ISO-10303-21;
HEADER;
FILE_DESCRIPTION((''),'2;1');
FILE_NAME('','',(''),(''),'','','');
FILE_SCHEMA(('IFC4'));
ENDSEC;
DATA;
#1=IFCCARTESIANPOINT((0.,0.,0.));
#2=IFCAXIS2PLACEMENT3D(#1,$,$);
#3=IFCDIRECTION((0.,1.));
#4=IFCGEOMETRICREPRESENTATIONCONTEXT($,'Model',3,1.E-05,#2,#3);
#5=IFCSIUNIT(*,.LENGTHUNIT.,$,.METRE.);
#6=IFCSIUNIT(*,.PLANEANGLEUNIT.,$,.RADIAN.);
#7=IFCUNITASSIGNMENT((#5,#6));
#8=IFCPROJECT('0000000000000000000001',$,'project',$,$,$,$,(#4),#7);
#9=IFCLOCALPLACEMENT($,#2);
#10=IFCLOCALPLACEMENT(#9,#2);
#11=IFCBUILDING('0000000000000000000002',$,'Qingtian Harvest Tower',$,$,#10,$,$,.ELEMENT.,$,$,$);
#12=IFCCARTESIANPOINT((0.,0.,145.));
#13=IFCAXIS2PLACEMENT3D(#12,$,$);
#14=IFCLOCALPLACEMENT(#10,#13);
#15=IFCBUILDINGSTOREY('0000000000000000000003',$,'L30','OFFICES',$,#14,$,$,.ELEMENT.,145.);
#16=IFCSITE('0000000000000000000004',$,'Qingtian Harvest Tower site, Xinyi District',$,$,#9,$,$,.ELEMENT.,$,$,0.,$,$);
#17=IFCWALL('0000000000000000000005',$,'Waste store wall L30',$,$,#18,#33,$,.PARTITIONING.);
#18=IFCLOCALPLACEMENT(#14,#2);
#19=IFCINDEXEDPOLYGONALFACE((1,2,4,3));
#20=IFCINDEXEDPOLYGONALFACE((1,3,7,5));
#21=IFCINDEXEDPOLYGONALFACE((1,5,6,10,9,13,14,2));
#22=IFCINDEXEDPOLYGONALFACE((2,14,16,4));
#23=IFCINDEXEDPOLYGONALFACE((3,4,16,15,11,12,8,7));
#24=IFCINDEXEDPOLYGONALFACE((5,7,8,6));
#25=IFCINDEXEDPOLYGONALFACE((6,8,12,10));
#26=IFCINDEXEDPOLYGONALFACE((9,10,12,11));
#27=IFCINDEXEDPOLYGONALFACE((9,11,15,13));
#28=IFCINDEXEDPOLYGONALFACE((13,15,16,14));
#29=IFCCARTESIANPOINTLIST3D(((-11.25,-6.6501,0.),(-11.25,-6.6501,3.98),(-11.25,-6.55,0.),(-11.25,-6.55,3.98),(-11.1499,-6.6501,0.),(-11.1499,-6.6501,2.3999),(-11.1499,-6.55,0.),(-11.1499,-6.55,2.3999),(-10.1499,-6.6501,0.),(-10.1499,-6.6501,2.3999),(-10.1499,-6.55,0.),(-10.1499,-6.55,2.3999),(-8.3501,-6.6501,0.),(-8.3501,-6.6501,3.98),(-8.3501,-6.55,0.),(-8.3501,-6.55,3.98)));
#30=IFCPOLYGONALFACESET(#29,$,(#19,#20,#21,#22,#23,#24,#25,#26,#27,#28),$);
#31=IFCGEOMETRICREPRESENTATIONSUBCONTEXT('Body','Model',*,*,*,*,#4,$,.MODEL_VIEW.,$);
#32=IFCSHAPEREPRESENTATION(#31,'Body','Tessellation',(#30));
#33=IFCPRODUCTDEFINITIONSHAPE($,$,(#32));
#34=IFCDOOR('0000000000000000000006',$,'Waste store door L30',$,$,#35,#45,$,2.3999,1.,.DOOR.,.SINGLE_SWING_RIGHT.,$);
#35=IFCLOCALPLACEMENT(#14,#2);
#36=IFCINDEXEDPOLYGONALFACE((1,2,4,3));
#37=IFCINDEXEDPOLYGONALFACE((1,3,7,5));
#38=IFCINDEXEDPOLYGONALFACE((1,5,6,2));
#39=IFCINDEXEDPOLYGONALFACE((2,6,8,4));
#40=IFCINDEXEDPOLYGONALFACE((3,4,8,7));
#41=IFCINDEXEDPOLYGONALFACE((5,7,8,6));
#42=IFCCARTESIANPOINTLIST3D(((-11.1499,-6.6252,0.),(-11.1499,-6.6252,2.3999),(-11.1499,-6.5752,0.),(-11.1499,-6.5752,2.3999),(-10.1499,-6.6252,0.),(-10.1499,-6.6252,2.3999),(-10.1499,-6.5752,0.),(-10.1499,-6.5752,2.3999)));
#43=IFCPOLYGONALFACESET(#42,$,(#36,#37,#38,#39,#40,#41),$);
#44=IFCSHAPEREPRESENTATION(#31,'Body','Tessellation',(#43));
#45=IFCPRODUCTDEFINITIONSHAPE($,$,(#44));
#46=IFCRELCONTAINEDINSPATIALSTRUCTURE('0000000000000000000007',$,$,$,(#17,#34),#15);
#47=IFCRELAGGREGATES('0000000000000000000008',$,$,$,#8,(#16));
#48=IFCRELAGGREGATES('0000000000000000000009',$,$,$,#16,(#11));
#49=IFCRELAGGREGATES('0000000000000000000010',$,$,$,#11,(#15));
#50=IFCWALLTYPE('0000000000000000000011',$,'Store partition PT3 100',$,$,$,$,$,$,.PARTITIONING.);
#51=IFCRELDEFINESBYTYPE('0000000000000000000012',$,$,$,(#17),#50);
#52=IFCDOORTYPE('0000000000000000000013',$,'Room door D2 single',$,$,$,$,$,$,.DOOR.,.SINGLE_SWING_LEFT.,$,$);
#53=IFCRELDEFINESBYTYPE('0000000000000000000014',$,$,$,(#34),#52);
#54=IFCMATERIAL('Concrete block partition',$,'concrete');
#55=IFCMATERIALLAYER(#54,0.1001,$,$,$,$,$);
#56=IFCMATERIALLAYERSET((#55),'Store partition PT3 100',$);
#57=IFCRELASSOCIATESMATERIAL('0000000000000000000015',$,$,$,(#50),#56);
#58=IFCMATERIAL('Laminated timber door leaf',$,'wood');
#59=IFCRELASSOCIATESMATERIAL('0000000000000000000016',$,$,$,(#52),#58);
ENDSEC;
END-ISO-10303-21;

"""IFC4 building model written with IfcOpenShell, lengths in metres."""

from ifc_helpers import new_model, si_unit, direction, frame, frame_2d, origin, place, context, subcontext, project, spatial, rectangle, extrude, material, layer, layer_set, type_object, element, fill, save


model = new_model("IFC4")

# Units and contexts
model_context = context("Model", 3, precision=1e-05, world=origin(), true_north=direction((0.0, 1.0)))
body_context = subcontext(model_context, "Body", "Model", "MODEL_VIEW")
ifc_project = project(units=[si_unit("LENGTHUNIT", "METRE"), si_unit("PLANEANGLEUNIT", "RADIAN")], contexts=[model_context])

# Site, building, storey
site_placement = place(None, origin())
site = spatial("IfcSite", under=ifc_project, at=site_placement, Name="Qingtian Harvest Tower site, Xinyi District", CompositionType="ELEMENT", RefElevation=0.0)
building_placement = place(site_placement, origin())
building = spatial("IfcBuilding", under=site, at=building_placement, Name="Qingtian Harvest Tower", CompositionType="ELEMENT")
storey_placement = place(building_placement, frame((0.0, 0.0, 145.0)))
storey = spatial("IfcBuildingStorey", under=building, at=storey_placement, Name="L30", Description="OFFICES", CompositionType="ELEMENT", Elevation=145.0)

# Wall, opening, door
ifc_material_1 = material(Name="Concrete block partition", Category="concrete")
ifc_layer_1 = layer(ifc_material_1, 0.1001)
ifc_layer_set_1 = layer_set([ifc_layer_1], Name="Store partition PT3 100")
wall_type_1 = type_object("IfcWallType", Name="Store partition PT3 100", PredefinedType="PARTITIONING", material=ifc_layer_set_1)
wall_1_placement = place(storey_placement, frame((-11.25, -6.6001, 0.0), z_axis=(0.0, 0.0, 1.0), x_axis=(1.0, 0.0, 0.0)))
wall_1 = element("IfcWall", 1, at=wall_1_placement, inside=storey, type_object=wall_type_1, Name="Waste store wall L30", PredefinedType="PARTITIONING", context=body_context, shape_type="SweptSolid", body=[
    extrude(rectangle(XDim=2.8999, YDim=0.1001, at=frame_2d((1.45, 0.0))), origin(), (0.0, 0.0, 1.0), 3.98),
])
opening_1_placement = place(wall_1_placement, frame((0.1001, 0.0, 0.0)))
opening_1 = element("IfcOpeningElement", 2, at=opening_1_placement, cuts=wall_1, PredefinedType="OPENING", context=body_context, shape_type="SweptSolid", body=[
    extrude(rectangle(XDim=1.0, YDim=2.3999, at=frame_2d((0.5, 1.2))), frame((0.0, 0.0601, 0.0), z_axis=(0.0, -1.0, 0.0), x_axis=(1.0, 0.0, 0.0)), (0.0, 0.0, 1.0), 0.1201),
])
ifc_material_2 = material(Name="Laminated timber door leaf", Category="wood")
door_type_1 = type_object("IfcDoorType", Name="Room door D2 single", OperationType="SINGLE_SWING_LEFT", PredefinedType="DOOR", material=ifc_material_2)
door_1_placement = place(opening_1_placement, origin())
door_1 = element("IfcDoor", 3, at=door_1_placement, inside=storey, type_object=door_type_1, Name="Waste store door L30", OperationType="SINGLE_SWING_RIGHT", OverallHeight=2.3999, OverallWidth=1.0, PredefinedType="DOOR", context=body_context, shape_type="SweptSolid", body=[
    extrude(rectangle(XDim=1.0, YDim=2.3999, at=frame_2d((0.5, 1.2))), frame((0.0, 0.0249, 0.0), z_axis=(0.0, -1.0, 0.0), x_axis=(1.0, 0.0, 0.0)), (0.0, 0.0, 1.0), 0.05),
])
fill(opening_1, door_1)

save(model, "model.ifc")
